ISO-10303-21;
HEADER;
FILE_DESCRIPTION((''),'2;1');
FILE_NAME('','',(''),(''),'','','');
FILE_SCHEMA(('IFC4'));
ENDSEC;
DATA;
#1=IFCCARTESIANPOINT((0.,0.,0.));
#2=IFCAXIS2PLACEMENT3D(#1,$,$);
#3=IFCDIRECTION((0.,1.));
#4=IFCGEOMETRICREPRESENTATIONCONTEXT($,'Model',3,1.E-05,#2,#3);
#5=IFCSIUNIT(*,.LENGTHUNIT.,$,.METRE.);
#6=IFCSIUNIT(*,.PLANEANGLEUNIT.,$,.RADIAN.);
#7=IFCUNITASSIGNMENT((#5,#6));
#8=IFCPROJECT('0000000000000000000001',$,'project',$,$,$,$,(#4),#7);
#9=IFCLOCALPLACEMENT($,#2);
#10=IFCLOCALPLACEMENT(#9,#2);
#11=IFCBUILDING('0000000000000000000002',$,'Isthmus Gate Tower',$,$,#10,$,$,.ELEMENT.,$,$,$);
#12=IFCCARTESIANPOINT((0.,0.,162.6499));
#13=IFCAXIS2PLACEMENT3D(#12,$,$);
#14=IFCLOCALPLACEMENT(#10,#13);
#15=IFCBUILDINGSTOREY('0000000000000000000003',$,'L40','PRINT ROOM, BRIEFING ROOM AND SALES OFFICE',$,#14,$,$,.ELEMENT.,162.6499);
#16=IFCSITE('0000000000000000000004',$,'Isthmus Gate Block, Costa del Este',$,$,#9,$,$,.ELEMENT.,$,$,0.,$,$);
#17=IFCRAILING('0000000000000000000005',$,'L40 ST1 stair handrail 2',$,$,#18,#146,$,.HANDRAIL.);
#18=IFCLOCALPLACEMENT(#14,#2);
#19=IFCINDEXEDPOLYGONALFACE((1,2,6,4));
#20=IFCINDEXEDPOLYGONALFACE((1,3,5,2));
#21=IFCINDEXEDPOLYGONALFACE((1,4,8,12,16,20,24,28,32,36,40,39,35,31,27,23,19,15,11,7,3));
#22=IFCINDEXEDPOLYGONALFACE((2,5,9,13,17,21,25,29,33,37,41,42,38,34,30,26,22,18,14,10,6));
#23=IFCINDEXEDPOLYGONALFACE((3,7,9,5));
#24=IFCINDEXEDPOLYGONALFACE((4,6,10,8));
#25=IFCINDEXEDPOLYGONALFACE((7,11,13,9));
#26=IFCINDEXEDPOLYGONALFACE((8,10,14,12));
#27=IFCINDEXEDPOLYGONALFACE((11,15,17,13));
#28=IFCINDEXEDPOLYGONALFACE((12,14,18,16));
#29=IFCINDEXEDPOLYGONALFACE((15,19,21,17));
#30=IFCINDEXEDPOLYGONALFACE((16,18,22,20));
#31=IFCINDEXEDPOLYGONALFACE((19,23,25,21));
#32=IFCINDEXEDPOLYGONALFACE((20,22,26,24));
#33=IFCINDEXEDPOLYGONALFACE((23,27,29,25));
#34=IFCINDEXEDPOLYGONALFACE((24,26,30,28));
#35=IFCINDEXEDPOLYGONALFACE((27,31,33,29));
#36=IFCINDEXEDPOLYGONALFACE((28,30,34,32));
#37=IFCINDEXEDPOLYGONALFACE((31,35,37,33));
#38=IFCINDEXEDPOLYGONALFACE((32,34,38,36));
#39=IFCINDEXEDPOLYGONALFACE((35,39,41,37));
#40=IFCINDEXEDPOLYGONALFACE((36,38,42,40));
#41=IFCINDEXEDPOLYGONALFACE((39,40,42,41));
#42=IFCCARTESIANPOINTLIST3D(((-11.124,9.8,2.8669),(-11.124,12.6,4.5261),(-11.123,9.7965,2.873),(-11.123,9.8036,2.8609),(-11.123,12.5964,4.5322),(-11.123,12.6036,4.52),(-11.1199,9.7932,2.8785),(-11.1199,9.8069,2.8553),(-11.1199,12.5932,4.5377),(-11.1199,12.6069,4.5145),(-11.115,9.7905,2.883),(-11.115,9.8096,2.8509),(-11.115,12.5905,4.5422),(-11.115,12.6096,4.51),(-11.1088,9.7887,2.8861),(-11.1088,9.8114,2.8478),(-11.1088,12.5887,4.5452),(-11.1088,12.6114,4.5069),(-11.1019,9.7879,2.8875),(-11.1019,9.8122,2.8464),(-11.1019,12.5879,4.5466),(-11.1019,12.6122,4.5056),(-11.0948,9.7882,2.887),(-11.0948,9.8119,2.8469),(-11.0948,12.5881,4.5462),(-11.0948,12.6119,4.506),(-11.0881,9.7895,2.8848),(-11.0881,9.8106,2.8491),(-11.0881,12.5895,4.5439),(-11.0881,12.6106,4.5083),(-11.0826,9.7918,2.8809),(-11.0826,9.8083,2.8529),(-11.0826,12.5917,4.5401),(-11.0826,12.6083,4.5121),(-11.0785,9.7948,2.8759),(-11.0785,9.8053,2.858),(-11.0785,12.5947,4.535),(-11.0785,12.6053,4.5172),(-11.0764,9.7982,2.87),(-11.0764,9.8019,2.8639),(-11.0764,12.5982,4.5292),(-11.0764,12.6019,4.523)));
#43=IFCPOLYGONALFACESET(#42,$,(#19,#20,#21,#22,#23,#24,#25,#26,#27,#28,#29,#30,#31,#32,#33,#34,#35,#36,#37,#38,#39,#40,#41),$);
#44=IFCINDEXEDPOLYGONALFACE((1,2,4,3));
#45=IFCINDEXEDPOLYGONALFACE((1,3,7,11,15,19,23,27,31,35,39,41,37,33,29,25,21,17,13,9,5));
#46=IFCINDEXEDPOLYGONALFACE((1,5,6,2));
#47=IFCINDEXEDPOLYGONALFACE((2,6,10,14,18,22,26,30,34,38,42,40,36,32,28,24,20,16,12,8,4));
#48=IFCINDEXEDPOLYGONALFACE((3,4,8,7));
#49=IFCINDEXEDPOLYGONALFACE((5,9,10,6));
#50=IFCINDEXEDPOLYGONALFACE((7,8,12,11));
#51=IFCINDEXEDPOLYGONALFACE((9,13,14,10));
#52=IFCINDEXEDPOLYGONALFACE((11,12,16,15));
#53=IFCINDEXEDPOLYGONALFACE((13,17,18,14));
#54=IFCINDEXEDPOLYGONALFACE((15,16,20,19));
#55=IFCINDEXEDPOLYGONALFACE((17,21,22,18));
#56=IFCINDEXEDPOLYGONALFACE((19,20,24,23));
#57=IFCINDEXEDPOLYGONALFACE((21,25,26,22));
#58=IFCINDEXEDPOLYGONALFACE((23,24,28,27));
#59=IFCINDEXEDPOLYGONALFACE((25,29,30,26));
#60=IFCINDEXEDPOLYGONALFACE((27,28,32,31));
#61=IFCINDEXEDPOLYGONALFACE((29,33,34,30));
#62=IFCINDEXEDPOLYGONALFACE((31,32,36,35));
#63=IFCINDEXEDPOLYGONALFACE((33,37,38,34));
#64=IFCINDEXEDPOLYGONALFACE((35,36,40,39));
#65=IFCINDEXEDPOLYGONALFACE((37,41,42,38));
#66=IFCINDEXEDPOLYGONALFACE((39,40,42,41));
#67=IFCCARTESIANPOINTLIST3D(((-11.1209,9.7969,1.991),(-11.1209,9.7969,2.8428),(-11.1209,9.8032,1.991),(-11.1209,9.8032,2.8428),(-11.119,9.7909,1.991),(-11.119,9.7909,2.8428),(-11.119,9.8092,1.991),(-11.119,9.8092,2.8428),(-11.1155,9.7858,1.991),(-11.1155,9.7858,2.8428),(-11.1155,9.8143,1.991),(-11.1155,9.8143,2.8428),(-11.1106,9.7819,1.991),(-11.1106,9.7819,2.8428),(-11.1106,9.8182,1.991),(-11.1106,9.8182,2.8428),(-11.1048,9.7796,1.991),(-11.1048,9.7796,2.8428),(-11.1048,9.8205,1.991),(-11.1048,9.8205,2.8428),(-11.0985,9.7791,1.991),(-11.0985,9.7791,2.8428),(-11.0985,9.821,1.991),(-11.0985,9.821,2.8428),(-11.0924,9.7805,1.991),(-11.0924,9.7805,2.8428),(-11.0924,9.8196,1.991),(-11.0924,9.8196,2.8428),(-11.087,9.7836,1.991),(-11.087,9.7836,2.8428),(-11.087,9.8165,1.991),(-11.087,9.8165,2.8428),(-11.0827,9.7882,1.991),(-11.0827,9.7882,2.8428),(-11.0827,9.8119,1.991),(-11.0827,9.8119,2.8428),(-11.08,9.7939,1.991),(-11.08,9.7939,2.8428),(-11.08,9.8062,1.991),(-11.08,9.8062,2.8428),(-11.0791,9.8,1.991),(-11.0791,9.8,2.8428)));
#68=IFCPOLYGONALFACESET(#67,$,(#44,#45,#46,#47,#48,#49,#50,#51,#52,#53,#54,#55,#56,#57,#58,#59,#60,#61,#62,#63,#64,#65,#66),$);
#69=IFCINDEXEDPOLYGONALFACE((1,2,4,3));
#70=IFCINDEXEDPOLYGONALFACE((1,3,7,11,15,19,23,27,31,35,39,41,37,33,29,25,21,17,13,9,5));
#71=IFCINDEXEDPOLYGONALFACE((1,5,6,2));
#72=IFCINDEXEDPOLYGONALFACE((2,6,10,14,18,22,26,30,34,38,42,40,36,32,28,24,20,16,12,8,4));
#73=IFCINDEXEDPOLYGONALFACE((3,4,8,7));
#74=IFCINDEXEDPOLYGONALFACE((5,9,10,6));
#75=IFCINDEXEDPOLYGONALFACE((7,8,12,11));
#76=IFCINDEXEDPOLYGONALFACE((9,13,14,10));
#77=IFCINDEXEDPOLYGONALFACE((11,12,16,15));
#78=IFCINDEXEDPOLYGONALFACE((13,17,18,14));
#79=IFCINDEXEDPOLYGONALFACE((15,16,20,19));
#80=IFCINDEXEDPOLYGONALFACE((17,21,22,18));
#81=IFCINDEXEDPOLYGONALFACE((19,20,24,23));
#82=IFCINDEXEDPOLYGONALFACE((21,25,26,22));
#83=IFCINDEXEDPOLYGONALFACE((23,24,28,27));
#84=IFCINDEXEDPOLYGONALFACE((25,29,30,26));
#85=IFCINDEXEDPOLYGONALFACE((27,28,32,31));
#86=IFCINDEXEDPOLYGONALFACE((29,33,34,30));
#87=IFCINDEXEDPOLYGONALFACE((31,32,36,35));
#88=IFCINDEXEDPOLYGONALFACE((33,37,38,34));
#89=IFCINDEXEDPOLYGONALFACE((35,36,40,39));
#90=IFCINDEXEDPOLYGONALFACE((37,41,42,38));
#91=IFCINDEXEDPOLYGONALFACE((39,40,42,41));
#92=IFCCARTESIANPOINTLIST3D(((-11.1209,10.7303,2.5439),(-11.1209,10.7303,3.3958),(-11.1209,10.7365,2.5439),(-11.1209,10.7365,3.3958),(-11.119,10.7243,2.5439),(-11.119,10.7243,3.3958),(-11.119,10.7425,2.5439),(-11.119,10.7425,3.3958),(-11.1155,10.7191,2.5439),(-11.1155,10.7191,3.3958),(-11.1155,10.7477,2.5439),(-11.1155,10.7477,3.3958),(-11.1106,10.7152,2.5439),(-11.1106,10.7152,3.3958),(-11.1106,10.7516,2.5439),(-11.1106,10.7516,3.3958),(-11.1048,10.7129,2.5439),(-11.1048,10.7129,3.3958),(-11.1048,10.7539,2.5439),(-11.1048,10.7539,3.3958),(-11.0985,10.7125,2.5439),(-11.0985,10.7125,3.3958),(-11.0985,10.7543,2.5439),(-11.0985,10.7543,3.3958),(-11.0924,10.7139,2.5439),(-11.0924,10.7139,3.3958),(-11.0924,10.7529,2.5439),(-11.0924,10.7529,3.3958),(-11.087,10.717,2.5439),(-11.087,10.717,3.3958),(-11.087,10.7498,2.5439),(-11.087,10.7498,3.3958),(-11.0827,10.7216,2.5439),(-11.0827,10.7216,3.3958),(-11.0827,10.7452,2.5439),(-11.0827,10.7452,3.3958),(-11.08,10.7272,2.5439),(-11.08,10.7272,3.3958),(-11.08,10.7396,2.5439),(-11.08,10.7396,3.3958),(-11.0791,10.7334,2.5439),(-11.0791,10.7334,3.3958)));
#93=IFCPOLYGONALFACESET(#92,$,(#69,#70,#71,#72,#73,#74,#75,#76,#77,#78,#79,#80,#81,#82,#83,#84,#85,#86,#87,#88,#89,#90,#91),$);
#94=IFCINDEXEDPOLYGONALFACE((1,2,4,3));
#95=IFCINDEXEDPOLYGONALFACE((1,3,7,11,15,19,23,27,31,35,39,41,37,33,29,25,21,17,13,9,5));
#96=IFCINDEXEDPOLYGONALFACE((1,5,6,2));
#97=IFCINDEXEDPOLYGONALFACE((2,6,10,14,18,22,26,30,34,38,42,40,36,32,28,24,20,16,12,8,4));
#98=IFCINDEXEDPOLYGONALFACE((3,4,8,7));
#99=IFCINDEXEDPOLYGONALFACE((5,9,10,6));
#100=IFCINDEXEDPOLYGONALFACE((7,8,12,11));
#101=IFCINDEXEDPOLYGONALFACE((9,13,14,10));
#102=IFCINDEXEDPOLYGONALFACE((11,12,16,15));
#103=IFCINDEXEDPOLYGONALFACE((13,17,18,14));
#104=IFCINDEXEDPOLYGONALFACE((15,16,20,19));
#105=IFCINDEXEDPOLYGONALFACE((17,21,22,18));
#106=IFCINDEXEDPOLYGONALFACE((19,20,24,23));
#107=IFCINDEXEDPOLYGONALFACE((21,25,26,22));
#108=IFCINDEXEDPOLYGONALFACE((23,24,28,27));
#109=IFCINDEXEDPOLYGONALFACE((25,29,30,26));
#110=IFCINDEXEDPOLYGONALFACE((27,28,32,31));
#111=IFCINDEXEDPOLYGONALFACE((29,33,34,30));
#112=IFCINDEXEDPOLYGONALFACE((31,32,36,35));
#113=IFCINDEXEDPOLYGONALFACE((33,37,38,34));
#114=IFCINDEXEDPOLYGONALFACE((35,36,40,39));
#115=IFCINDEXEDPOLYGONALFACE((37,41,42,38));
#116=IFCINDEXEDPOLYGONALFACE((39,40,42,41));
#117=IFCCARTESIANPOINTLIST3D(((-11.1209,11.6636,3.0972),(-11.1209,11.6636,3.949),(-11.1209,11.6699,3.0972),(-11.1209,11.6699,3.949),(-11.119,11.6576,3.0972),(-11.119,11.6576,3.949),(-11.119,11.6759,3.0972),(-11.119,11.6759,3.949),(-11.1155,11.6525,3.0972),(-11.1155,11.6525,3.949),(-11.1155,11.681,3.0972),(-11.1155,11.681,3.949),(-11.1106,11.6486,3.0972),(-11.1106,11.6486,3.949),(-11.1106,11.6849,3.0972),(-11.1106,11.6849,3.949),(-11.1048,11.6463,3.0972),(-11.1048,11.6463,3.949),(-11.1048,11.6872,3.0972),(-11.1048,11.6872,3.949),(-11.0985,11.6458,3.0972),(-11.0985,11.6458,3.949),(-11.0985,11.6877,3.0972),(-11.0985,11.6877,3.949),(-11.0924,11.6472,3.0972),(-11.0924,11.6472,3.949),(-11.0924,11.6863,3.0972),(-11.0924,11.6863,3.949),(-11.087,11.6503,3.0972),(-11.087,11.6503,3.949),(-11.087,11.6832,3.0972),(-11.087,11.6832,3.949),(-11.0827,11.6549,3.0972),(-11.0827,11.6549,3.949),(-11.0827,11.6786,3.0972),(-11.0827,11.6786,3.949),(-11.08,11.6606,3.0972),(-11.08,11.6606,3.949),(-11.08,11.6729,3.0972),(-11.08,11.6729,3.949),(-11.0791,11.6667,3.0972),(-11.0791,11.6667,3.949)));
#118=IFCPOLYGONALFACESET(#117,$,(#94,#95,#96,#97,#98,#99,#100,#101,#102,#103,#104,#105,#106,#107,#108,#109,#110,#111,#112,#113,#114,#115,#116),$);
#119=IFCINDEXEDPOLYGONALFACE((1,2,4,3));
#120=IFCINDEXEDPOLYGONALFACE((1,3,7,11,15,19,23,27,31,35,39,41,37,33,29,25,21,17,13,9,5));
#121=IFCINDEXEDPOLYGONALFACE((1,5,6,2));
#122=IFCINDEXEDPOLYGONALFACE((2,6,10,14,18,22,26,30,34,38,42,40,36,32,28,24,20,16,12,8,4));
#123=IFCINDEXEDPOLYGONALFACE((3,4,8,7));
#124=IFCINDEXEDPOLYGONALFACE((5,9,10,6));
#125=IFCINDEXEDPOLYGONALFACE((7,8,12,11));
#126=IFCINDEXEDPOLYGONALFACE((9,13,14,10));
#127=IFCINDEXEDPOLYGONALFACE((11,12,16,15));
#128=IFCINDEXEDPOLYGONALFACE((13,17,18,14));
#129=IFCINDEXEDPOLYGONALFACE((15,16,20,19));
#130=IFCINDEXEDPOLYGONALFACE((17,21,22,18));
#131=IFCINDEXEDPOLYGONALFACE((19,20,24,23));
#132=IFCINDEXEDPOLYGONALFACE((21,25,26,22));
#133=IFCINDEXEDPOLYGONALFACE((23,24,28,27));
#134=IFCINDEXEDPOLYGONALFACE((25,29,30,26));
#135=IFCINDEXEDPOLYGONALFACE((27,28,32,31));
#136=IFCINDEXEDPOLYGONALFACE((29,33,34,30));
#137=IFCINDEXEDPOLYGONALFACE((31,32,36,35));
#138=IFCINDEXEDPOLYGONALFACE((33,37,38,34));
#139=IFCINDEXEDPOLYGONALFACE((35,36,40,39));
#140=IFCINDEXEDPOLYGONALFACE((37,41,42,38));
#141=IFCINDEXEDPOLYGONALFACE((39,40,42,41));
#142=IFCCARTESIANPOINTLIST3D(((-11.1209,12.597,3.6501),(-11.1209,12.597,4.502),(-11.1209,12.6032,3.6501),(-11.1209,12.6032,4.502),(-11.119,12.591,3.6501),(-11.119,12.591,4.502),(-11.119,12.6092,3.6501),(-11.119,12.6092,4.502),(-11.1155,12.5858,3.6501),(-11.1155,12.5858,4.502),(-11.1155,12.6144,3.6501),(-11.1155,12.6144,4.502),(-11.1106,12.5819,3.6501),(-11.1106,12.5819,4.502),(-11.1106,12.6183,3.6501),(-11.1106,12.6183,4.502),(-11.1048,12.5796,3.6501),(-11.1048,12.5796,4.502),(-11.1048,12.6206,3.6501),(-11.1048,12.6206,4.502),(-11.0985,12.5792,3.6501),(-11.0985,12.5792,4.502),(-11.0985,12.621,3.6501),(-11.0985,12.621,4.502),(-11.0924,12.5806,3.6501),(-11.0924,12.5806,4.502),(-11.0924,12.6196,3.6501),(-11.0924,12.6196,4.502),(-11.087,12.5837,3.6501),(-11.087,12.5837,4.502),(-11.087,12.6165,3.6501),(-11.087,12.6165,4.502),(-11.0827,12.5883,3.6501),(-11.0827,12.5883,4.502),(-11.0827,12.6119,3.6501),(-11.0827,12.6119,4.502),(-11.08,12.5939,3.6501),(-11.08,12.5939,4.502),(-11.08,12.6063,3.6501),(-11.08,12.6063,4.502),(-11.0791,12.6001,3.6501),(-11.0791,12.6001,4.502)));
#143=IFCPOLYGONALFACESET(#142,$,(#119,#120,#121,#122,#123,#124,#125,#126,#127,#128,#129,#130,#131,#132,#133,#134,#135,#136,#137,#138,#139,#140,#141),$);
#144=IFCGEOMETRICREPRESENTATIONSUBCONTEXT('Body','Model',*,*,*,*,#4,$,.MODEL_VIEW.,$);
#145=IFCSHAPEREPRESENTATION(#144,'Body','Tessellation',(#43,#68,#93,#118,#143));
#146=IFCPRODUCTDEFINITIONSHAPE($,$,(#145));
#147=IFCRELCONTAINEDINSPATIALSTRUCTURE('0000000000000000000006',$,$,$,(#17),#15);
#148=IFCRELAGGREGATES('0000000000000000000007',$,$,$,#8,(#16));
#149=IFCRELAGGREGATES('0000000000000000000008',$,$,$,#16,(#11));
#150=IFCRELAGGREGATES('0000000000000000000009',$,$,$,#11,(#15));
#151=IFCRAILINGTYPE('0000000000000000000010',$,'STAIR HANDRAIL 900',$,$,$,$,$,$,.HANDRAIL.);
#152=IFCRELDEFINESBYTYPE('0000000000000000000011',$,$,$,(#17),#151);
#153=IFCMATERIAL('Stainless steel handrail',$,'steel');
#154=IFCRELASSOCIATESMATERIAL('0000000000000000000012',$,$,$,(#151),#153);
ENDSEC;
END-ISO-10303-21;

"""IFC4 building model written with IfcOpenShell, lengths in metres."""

from ifc_helpers import new_model, si_unit, direction, frame, origin, origin_2d, place, context, subcontext, project, spatial, circle, extrude, material, type_object, element, save


model = new_model("IFC4")

# Units and contexts
model_context = context("Model", 3, precision=1e-05, world=origin(), true_north=direction((0.0, 1.0)))
body_context = subcontext(model_context, "Body", "Model", "MODEL_VIEW")
ifc_project = project(units=[si_unit("LENGTHUNIT", "METRE"), si_unit("PLANEANGLEUNIT", "RADIAN")], contexts=[model_context])

# Site, building, storey
site_placement = place(None, origin())
site = spatial("IfcSite", under=ifc_project, at=site_placement, Name="Isthmus Gate Block, Costa del Este", CompositionType="ELEMENT", RefElevation=0.0)
building_placement = place(site_placement, origin())
building = spatial("IfcBuilding", under=site, at=building_placement, Name="Isthmus Gate Tower", CompositionType="ELEMENT")
storey_placement = place(building_placement, frame((0.0, 0.0, 162.6499)))
storey = spatial("IfcBuildingStorey", under=building, at=storey_placement, Name="L40", Description="PRINT ROOM, BRIEFING ROOM AND SALES OFFICE", CompositionType="ELEMENT", Elevation=162.6499)

# Railing
ifc_material_1 = material(Name="Stainless steel handrail", Category="steel")
railing_type_1 = type_object("IfcRailingType", Name="STAIR HANDRAIL 900", PredefinedType="HANDRAIL", material=ifc_material_1)
for number, where, name in (
    (1, (-11.1001, 9.8, 1.991), "L40 ST1 stair handrail 2"),
):
    element("IfcRailing", number, at=place(storey_placement, frame(where)), inside=storey, type_object=railing_type_1, Name=name, PredefinedType="HANDRAIL", context=body_context, shape_type="SweptSolid", body=[
        extrude(circle(Radius=0.0239, at=origin_2d()), frame((0.0, 0.0, 0.876), z_axis=(0.0, 0.860306, 0.509778), x_axis=(-1.0, 0.0, 0.0)), (0.0, 0.0, 1.0), 3.2546),
        extrude(circle(Radius=0.021, at=origin_2d()), origin(), (0.0, 0.0, 1.0), 0.8518),
        extrude(circle(Radius=0.021, at=origin_2d()), frame((0.0, 0.9333, 0.553)), (0.0, 0.0, 1.0), 0.8518),
        extrude(circle(Radius=0.021, at=origin_2d()), frame((0.0, 1.8667, 1.1062)), (0.0, 0.0, 1.0), 0.8518),
        extrude(circle(Radius=0.021, at=origin_2d()), frame((0.0, 2.8, 1.6592)), (0.0, 0.0, 1.0), 0.8518),
    ])

save(model, "model.ifc")
